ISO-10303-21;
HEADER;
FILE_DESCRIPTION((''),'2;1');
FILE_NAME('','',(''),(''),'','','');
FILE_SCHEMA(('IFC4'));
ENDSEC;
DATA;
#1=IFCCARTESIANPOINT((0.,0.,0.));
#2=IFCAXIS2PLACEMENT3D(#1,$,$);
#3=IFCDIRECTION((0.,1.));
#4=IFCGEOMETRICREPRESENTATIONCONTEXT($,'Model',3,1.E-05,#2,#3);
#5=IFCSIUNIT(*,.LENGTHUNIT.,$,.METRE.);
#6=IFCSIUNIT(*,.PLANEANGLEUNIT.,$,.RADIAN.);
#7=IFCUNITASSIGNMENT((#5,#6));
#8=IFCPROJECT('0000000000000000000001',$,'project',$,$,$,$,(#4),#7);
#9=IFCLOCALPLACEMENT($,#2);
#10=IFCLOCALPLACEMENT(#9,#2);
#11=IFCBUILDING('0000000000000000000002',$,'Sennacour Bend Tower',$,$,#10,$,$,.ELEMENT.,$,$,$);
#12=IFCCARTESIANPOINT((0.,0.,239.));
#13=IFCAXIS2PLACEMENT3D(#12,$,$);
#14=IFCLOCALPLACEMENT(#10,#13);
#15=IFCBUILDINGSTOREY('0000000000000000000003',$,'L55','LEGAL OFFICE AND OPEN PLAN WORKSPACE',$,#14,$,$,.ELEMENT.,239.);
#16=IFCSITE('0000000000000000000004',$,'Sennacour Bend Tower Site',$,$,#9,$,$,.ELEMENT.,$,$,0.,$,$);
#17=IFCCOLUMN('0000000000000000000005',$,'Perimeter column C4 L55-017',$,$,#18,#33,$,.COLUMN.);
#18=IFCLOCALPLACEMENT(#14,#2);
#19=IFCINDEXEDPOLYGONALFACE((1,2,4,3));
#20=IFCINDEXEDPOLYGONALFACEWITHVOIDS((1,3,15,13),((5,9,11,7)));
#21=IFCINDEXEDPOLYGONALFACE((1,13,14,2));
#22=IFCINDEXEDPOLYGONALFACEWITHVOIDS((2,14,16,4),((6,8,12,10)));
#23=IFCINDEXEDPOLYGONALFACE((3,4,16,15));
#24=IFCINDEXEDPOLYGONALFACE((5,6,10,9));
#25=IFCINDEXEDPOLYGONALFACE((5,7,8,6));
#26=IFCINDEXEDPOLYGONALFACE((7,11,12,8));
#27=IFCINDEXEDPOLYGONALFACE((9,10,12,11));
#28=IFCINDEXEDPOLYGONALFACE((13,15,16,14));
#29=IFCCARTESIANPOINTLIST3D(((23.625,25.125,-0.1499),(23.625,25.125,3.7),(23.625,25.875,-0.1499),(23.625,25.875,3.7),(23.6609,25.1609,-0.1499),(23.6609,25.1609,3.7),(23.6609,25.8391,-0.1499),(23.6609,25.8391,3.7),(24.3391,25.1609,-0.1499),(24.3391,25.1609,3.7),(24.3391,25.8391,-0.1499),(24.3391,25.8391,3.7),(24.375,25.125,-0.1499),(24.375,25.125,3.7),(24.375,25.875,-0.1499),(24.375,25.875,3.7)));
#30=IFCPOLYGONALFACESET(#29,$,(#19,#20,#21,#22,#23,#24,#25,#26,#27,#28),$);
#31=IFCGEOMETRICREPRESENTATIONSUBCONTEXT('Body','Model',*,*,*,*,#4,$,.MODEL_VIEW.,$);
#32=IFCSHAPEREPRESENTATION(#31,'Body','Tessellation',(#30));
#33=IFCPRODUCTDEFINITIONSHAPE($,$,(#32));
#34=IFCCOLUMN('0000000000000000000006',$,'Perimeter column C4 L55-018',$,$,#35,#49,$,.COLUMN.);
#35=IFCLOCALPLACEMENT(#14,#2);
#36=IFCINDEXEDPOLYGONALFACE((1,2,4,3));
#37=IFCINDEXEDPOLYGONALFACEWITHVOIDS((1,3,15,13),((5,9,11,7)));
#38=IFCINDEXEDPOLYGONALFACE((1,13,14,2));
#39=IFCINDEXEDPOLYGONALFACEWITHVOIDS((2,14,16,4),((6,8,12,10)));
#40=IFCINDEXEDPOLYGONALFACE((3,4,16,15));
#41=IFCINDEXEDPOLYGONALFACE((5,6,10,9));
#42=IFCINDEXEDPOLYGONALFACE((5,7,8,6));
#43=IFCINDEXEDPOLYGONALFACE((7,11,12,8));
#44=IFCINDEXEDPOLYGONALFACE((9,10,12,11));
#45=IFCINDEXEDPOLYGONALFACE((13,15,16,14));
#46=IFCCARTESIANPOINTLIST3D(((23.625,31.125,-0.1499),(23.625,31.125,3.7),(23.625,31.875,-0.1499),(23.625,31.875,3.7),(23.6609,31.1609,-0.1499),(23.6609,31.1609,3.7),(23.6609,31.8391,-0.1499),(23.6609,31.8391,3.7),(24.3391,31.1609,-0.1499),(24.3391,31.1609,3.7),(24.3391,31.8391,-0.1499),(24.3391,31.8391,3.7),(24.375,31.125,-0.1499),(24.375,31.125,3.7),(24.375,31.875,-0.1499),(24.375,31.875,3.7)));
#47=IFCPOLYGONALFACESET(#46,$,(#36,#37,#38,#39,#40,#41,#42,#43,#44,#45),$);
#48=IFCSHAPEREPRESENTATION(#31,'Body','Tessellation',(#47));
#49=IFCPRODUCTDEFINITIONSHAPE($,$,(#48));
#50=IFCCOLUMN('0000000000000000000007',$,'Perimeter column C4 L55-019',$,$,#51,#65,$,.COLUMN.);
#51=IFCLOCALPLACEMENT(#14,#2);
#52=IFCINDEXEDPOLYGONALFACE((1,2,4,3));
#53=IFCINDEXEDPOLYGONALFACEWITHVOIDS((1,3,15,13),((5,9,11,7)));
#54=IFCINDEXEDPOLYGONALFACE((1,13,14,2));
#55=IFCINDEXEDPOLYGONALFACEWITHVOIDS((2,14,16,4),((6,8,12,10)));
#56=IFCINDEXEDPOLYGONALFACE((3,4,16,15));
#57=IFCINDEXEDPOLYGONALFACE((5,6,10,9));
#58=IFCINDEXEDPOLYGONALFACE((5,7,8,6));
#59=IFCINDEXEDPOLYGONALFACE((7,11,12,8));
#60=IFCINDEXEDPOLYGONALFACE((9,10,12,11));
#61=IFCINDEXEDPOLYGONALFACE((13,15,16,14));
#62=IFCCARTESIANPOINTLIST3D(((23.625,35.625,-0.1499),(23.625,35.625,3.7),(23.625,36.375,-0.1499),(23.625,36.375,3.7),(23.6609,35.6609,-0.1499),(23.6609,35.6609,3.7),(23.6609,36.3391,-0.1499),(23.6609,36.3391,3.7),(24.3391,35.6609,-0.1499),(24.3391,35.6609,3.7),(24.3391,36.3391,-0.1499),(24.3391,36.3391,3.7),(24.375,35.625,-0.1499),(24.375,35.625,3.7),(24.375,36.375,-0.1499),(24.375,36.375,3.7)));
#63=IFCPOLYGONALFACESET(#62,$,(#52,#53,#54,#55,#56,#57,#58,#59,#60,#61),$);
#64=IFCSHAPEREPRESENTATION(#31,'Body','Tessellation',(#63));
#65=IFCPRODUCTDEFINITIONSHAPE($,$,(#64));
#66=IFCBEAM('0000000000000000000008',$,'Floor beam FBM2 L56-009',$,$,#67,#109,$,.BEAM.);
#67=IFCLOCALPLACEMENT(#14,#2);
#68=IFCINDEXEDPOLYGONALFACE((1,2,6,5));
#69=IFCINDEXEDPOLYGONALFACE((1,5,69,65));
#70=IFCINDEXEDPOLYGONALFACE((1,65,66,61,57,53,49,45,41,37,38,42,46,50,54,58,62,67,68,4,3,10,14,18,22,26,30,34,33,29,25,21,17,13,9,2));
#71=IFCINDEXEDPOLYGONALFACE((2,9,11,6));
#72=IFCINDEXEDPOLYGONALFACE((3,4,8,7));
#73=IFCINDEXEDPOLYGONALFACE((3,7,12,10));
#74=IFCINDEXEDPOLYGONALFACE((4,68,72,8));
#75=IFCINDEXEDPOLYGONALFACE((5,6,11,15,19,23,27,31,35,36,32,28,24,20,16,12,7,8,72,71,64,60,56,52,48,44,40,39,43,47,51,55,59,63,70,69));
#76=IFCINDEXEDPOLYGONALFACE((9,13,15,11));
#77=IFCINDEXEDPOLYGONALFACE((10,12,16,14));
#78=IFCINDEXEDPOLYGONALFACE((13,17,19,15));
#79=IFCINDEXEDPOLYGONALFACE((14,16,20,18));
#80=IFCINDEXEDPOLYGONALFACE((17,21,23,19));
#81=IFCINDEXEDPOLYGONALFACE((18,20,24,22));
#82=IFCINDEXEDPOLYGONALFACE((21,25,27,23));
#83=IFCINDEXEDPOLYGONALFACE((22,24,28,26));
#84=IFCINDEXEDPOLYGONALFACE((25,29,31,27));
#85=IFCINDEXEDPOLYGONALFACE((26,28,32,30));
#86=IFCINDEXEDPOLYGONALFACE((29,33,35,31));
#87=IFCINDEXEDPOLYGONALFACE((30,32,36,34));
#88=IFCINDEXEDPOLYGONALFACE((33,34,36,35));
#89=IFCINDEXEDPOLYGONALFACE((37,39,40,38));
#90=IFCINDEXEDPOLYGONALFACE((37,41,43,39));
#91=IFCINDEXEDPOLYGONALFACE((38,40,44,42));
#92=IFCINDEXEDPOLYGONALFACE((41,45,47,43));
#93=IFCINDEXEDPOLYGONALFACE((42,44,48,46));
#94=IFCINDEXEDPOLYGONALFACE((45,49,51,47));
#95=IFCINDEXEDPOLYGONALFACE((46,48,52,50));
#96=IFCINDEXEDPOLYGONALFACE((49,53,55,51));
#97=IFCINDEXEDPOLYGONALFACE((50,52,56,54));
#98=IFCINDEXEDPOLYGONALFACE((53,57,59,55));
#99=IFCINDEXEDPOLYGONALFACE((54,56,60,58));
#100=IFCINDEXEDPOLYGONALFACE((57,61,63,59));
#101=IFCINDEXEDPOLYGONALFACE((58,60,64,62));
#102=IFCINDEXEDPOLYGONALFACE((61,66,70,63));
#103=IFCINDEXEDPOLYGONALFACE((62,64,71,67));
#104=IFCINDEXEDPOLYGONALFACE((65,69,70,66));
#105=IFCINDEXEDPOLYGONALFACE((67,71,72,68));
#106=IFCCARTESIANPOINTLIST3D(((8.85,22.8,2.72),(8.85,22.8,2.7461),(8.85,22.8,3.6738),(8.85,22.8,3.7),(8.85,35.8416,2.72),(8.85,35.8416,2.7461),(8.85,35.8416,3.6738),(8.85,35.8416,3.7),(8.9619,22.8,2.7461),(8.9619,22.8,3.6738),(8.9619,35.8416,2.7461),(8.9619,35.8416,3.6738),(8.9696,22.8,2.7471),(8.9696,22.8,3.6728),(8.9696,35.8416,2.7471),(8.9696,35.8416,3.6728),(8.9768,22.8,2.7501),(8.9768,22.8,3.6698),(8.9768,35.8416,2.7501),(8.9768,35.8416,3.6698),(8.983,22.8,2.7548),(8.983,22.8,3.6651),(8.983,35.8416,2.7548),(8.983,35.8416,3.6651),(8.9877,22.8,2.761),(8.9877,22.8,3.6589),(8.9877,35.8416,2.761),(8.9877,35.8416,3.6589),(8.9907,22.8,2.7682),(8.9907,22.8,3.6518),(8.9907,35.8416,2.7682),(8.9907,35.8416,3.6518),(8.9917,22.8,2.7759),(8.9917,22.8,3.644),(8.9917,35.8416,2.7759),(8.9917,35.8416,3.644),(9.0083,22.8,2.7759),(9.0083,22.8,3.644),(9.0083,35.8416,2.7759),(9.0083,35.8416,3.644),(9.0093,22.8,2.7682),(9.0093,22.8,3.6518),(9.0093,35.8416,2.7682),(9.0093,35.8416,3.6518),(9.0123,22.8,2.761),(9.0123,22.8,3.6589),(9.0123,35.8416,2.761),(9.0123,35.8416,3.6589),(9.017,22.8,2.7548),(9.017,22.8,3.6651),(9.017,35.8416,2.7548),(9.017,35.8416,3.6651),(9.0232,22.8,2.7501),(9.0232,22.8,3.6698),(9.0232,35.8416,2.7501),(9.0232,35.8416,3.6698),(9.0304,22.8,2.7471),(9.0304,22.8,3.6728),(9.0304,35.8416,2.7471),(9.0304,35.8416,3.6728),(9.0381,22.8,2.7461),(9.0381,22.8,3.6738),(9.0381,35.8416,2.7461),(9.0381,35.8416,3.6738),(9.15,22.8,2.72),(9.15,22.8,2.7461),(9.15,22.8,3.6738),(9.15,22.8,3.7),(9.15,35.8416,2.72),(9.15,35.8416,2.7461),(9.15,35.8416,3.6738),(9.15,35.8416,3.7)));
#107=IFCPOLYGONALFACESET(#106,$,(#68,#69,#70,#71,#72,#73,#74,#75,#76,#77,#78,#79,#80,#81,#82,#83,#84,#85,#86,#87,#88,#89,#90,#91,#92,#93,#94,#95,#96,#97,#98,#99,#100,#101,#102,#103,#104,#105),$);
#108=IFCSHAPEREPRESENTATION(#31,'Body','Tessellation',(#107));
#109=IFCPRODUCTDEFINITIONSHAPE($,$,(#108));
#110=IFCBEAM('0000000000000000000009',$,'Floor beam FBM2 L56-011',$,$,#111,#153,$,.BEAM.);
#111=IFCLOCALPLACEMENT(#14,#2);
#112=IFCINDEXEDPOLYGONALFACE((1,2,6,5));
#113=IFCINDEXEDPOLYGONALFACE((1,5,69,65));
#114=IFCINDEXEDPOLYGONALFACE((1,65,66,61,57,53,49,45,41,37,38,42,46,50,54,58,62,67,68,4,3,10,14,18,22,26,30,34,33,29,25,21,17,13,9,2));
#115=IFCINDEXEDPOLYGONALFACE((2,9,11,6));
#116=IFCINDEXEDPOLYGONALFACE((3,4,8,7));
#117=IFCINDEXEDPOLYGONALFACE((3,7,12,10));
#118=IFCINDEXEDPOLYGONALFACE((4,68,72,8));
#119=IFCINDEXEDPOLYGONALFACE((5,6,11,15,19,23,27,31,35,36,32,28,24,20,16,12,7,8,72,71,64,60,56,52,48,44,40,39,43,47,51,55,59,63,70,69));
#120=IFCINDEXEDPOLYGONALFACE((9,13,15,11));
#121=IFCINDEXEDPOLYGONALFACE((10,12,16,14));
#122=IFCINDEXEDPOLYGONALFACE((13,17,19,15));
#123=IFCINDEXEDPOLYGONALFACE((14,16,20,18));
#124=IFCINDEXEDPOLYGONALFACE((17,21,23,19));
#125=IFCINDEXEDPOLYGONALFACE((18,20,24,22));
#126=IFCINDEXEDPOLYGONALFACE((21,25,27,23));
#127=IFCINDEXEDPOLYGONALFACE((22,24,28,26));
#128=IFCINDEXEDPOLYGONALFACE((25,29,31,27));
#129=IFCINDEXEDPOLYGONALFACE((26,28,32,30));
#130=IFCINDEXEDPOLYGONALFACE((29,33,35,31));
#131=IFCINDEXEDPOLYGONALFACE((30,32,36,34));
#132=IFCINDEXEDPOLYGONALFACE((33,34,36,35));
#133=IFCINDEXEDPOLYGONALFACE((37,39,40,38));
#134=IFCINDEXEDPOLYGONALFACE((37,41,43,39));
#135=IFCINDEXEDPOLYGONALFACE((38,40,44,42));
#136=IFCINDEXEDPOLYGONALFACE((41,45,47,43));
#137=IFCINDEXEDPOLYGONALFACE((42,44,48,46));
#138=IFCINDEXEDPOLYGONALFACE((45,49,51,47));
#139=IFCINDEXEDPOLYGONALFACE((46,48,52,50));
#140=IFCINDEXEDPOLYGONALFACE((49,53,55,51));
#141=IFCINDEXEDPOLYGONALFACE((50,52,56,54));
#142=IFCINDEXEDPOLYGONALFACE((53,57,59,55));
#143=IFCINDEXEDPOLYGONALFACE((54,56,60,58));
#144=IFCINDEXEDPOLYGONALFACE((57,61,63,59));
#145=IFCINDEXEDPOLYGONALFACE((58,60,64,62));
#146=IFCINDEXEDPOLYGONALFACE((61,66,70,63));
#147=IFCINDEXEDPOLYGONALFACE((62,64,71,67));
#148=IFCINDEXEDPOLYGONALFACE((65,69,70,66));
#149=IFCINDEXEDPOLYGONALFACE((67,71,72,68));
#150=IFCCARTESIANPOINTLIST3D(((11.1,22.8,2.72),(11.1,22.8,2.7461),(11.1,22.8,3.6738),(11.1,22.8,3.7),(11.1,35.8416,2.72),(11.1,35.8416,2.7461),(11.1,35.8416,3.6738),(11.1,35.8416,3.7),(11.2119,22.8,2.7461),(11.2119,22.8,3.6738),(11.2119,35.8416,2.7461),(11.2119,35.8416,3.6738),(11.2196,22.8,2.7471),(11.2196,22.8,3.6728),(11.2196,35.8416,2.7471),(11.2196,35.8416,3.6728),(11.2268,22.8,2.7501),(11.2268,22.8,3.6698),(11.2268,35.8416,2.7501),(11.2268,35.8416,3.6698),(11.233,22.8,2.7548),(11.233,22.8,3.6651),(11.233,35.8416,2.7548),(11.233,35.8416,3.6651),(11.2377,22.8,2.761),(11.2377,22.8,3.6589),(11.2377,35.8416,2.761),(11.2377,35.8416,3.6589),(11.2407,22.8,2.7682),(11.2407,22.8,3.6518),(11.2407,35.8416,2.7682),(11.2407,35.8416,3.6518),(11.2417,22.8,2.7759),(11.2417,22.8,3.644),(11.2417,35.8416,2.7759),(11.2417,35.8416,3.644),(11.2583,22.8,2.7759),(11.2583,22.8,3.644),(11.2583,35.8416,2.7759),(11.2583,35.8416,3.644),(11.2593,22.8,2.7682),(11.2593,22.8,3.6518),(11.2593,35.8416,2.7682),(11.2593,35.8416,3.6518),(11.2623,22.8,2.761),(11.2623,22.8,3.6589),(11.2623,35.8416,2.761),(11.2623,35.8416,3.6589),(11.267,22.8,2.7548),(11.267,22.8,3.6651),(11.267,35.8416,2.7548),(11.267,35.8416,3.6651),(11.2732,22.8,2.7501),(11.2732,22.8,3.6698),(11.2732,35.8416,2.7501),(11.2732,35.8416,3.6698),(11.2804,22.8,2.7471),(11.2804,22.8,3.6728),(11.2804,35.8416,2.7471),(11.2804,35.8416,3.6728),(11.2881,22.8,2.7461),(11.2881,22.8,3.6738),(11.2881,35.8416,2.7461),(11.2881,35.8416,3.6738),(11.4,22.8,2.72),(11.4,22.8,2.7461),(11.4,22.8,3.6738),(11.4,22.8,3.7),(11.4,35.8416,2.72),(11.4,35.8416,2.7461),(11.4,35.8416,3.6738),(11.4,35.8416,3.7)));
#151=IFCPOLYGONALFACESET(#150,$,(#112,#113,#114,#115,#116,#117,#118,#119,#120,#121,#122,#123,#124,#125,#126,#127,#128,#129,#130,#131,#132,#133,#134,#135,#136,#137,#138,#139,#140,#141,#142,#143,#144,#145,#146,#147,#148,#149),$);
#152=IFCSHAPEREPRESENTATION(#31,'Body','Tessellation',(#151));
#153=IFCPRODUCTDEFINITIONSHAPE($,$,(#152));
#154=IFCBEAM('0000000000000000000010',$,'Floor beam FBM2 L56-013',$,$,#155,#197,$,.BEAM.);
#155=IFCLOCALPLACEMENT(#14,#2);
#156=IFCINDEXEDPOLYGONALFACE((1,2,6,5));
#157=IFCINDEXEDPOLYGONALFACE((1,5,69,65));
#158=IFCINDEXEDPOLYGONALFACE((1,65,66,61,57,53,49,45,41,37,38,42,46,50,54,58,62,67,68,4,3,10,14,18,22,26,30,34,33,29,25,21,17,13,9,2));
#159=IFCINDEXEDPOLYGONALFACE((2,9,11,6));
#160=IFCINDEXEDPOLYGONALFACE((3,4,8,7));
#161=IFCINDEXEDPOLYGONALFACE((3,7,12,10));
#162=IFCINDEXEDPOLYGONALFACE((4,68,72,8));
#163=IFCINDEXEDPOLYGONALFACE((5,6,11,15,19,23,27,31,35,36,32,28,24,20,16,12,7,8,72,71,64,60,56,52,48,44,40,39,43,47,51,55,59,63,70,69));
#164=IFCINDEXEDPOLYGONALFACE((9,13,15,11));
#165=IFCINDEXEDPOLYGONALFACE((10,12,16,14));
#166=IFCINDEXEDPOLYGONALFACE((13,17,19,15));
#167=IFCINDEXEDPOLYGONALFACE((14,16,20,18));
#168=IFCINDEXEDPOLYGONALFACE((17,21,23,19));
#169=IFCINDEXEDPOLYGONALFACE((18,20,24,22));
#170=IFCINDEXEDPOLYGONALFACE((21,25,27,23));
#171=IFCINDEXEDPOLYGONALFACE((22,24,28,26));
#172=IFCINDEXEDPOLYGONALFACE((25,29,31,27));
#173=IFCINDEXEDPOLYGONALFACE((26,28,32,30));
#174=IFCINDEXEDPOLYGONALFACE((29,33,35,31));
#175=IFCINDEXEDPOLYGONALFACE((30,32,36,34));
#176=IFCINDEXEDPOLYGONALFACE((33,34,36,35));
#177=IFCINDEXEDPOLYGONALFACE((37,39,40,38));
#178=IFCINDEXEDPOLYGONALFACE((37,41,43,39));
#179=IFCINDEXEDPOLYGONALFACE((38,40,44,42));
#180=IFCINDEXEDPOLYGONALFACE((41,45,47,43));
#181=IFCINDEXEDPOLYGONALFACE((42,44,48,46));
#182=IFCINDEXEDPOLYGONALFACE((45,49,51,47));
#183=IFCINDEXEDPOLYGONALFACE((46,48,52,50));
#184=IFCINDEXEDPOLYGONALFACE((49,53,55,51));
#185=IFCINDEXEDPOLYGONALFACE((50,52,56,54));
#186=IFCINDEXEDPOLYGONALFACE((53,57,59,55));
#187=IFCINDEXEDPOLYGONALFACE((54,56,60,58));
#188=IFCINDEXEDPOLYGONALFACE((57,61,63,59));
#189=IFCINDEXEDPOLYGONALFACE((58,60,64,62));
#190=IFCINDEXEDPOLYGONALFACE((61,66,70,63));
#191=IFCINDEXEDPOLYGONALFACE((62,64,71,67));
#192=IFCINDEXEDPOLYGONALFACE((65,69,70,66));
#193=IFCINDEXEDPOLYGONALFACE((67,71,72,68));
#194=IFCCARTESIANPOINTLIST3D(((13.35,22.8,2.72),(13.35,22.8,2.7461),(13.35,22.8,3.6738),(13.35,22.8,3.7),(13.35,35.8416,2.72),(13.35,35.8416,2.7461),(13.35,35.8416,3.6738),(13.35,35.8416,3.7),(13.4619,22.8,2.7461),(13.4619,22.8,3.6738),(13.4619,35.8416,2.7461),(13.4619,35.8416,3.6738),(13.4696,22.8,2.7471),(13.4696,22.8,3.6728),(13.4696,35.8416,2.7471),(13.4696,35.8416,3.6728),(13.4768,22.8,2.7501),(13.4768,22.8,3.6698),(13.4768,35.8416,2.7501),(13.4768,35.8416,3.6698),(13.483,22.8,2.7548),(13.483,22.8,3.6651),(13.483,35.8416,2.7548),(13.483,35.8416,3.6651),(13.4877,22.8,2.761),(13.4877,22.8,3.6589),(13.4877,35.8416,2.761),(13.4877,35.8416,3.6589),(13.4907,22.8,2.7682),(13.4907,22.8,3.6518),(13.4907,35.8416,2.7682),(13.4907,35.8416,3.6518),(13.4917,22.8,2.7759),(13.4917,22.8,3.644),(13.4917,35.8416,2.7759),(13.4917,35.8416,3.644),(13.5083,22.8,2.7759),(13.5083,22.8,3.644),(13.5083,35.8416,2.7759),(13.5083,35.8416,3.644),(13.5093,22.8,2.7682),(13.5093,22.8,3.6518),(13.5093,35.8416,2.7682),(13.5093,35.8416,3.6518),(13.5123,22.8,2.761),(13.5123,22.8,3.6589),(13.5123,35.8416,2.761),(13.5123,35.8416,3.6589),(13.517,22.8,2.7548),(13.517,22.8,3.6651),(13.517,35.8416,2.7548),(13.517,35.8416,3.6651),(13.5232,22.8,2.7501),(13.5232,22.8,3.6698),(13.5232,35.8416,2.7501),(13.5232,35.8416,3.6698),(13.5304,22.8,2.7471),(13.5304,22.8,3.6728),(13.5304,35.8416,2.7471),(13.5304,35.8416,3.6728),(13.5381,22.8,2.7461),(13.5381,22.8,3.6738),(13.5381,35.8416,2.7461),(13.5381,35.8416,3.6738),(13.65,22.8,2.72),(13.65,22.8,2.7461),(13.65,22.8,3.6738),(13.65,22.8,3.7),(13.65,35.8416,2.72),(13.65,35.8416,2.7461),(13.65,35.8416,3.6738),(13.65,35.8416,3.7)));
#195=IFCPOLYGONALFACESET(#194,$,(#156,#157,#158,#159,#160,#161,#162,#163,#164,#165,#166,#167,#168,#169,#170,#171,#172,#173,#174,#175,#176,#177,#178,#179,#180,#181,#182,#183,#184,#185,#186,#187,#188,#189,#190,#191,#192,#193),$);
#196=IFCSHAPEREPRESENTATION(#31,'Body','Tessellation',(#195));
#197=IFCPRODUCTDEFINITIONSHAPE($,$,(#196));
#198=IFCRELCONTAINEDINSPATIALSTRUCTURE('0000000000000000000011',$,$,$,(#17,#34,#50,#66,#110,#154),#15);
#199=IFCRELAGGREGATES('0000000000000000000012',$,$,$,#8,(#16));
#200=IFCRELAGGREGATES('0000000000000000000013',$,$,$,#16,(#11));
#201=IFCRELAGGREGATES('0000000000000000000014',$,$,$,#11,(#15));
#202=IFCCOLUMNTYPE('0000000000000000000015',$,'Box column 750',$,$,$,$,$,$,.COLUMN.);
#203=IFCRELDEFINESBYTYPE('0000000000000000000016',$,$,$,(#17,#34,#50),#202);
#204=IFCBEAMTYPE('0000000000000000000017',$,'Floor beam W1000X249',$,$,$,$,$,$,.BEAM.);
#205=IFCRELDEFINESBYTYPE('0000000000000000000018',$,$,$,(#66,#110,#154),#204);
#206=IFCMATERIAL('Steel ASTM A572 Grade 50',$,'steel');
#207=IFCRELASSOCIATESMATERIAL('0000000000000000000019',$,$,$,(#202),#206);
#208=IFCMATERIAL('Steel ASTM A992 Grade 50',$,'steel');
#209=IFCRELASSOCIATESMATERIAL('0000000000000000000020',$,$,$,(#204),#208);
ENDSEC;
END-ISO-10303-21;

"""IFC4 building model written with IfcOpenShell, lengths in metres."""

from ifc_helpers import new_model, si_unit, direction, frame, origin, origin_2d, place, context, subcontext, project, spatial, hollow_rectangle, i_section, extrude, material, material_profile, profile_set, type_object, element, save


model = new_model("IFC4")

# Units and contexts
model_context = context("Model", 3, precision=1e-05, world=origin(), true_north=direction((0.0, 1.0)))
body_context = subcontext(model_context, "Body", "Model", "MODEL_VIEW")
ifc_project = project(units=[si_unit("LENGTHUNIT", "METRE"), si_unit("PLANEANGLEUNIT", "RADIAN")], contexts=[model_context])

# Site, building, storey
site_placement = place(None, origin())
site = spatial("IfcSite", under=ifc_project, at=site_placement, Name="Sennacour Bend Tower Site", CompositionType="ELEMENT", RefElevation=0.0)
building_placement = place(site_placement, origin())
building = spatial("IfcBuilding", under=site, at=building_placement, Name="Sennacour Bend Tower", CompositionType="ELEMENT")
storey_placement = place(building_placement, frame((0.0, 0.0, 239.0)))
storey = spatial("IfcBuildingStorey", under=building, at=storey_placement, Name="L55", Description="LEGAL OFFICE AND OPEN PLAN WORKSPACE", CompositionType="ELEMENT", Elevation=239.0)

# Columns
ifc_material_1 = material(Name="Steel ASTM A572 Grade 50", Category="steel")
ifc_material_profile_1 = material_profile(ifc_material_1, hollow_rectangle(XDim=0.75, YDim=0.75, WallThickness=0.0359, at=origin_2d()), Name="Steel ASTM A572 Grade 50", Category="steel")
ifc_profile_set_1 = profile_set([ifc_material_profile_1], Name="Steel ASTM A572 Grade 50")
column_type = type_object("IfcColumnType", Name="Box column 750", PredefinedType="COLUMN", material=ifc_profile_set_1)
for number, where, z_axis, x_axis, name in (
    (1, (24.0, 25.5, -0.1499), (0.0, 0.0, 1.0), (1.0, 0.0, 0.0), "Perimeter column C4 L55-017"),
    (2, (24.0, 31.5, -0.1499), (0.0, 0.0, 1.0), (1.0, 0.0, 0.0), "Perimeter column C4 L55-018"),
    (3, (24.0, 36.0, -0.1499), (0.0, 0.0, 1.0), (1.0, 0.0, 0.0), "Perimeter column C4 L55-019"),
):
    element("IfcColumn", number, at=place(storey_placement, frame(where, z_axis=z_axis, x_axis=x_axis)), inside=storey, type_object=column_type, Name=name, PredefinedType="COLUMN", context=body_context, shape_type="SweptSolid", body=[
        extrude(hollow_rectangle(XDim=0.75, YDim=0.75, WallThickness=0.0359, at=origin_2d()), origin(), (0.0, 0.0, 1.0), 3.8499),
    ])

# Beams
ifc_material_2 = material(Name="Steel ASTM A992 Grade 50", Category="steel")
ifc_material_profile_2 = material_profile(ifc_material_2, i_section(OverallWidth=0.3, OverallDepth=0.98, WebThickness=0.0166, FlangeThickness=0.0261, FilletRadius=0.0298, at=origin_2d()), Name="Steel ASTM A992 Grade 50", Category="steel")
ifc_profile_set_2 = profile_set([ifc_material_profile_2], Name="Steel ASTM A992 Grade 50")
beam_type_1 = type_object("IfcBeamType", Name="Floor beam W1000X249", PredefinedType="BEAM", material=ifc_profile_set_2)
for number, where, z_axis, x_axis, name in (
    (4, (9.0, 22.8, 3.21), (0.0, 1.0, 0.0), (-1.0, 0.0, 0.0), "Floor beam FBM2 L56-009"),
    (5, (11.25, 22.8, 3.21), (0.0, 1.0, 0.0), (-1.0, 0.0, 0.0), "Floor beam FBM2 L56-011"),
    (6, (13.5, 22.8, 3.21), (0.0, 1.0, 0.0), (-1.0, 0.0, 0.0), "Floor beam FBM2 L56-013"),
):
    element("IfcBeam", number, at=place(storey_placement, frame(where, z_axis=z_axis, x_axis=x_axis)), inside=storey, type_object=beam_type_1, Name=name, PredefinedType="BEAM", context=body_context, shape_type="SweptSolid", body=[
        extrude(i_section(OverallWidth=0.3, OverallDepth=0.98, WebThickness=0.0166, FlangeThickness=0.0261, FilletRadius=0.0298, at=origin_2d()), origin(), (0.0, 0.0, 1.0), 13.0415),
    ])

save(model, "model.ifc")
